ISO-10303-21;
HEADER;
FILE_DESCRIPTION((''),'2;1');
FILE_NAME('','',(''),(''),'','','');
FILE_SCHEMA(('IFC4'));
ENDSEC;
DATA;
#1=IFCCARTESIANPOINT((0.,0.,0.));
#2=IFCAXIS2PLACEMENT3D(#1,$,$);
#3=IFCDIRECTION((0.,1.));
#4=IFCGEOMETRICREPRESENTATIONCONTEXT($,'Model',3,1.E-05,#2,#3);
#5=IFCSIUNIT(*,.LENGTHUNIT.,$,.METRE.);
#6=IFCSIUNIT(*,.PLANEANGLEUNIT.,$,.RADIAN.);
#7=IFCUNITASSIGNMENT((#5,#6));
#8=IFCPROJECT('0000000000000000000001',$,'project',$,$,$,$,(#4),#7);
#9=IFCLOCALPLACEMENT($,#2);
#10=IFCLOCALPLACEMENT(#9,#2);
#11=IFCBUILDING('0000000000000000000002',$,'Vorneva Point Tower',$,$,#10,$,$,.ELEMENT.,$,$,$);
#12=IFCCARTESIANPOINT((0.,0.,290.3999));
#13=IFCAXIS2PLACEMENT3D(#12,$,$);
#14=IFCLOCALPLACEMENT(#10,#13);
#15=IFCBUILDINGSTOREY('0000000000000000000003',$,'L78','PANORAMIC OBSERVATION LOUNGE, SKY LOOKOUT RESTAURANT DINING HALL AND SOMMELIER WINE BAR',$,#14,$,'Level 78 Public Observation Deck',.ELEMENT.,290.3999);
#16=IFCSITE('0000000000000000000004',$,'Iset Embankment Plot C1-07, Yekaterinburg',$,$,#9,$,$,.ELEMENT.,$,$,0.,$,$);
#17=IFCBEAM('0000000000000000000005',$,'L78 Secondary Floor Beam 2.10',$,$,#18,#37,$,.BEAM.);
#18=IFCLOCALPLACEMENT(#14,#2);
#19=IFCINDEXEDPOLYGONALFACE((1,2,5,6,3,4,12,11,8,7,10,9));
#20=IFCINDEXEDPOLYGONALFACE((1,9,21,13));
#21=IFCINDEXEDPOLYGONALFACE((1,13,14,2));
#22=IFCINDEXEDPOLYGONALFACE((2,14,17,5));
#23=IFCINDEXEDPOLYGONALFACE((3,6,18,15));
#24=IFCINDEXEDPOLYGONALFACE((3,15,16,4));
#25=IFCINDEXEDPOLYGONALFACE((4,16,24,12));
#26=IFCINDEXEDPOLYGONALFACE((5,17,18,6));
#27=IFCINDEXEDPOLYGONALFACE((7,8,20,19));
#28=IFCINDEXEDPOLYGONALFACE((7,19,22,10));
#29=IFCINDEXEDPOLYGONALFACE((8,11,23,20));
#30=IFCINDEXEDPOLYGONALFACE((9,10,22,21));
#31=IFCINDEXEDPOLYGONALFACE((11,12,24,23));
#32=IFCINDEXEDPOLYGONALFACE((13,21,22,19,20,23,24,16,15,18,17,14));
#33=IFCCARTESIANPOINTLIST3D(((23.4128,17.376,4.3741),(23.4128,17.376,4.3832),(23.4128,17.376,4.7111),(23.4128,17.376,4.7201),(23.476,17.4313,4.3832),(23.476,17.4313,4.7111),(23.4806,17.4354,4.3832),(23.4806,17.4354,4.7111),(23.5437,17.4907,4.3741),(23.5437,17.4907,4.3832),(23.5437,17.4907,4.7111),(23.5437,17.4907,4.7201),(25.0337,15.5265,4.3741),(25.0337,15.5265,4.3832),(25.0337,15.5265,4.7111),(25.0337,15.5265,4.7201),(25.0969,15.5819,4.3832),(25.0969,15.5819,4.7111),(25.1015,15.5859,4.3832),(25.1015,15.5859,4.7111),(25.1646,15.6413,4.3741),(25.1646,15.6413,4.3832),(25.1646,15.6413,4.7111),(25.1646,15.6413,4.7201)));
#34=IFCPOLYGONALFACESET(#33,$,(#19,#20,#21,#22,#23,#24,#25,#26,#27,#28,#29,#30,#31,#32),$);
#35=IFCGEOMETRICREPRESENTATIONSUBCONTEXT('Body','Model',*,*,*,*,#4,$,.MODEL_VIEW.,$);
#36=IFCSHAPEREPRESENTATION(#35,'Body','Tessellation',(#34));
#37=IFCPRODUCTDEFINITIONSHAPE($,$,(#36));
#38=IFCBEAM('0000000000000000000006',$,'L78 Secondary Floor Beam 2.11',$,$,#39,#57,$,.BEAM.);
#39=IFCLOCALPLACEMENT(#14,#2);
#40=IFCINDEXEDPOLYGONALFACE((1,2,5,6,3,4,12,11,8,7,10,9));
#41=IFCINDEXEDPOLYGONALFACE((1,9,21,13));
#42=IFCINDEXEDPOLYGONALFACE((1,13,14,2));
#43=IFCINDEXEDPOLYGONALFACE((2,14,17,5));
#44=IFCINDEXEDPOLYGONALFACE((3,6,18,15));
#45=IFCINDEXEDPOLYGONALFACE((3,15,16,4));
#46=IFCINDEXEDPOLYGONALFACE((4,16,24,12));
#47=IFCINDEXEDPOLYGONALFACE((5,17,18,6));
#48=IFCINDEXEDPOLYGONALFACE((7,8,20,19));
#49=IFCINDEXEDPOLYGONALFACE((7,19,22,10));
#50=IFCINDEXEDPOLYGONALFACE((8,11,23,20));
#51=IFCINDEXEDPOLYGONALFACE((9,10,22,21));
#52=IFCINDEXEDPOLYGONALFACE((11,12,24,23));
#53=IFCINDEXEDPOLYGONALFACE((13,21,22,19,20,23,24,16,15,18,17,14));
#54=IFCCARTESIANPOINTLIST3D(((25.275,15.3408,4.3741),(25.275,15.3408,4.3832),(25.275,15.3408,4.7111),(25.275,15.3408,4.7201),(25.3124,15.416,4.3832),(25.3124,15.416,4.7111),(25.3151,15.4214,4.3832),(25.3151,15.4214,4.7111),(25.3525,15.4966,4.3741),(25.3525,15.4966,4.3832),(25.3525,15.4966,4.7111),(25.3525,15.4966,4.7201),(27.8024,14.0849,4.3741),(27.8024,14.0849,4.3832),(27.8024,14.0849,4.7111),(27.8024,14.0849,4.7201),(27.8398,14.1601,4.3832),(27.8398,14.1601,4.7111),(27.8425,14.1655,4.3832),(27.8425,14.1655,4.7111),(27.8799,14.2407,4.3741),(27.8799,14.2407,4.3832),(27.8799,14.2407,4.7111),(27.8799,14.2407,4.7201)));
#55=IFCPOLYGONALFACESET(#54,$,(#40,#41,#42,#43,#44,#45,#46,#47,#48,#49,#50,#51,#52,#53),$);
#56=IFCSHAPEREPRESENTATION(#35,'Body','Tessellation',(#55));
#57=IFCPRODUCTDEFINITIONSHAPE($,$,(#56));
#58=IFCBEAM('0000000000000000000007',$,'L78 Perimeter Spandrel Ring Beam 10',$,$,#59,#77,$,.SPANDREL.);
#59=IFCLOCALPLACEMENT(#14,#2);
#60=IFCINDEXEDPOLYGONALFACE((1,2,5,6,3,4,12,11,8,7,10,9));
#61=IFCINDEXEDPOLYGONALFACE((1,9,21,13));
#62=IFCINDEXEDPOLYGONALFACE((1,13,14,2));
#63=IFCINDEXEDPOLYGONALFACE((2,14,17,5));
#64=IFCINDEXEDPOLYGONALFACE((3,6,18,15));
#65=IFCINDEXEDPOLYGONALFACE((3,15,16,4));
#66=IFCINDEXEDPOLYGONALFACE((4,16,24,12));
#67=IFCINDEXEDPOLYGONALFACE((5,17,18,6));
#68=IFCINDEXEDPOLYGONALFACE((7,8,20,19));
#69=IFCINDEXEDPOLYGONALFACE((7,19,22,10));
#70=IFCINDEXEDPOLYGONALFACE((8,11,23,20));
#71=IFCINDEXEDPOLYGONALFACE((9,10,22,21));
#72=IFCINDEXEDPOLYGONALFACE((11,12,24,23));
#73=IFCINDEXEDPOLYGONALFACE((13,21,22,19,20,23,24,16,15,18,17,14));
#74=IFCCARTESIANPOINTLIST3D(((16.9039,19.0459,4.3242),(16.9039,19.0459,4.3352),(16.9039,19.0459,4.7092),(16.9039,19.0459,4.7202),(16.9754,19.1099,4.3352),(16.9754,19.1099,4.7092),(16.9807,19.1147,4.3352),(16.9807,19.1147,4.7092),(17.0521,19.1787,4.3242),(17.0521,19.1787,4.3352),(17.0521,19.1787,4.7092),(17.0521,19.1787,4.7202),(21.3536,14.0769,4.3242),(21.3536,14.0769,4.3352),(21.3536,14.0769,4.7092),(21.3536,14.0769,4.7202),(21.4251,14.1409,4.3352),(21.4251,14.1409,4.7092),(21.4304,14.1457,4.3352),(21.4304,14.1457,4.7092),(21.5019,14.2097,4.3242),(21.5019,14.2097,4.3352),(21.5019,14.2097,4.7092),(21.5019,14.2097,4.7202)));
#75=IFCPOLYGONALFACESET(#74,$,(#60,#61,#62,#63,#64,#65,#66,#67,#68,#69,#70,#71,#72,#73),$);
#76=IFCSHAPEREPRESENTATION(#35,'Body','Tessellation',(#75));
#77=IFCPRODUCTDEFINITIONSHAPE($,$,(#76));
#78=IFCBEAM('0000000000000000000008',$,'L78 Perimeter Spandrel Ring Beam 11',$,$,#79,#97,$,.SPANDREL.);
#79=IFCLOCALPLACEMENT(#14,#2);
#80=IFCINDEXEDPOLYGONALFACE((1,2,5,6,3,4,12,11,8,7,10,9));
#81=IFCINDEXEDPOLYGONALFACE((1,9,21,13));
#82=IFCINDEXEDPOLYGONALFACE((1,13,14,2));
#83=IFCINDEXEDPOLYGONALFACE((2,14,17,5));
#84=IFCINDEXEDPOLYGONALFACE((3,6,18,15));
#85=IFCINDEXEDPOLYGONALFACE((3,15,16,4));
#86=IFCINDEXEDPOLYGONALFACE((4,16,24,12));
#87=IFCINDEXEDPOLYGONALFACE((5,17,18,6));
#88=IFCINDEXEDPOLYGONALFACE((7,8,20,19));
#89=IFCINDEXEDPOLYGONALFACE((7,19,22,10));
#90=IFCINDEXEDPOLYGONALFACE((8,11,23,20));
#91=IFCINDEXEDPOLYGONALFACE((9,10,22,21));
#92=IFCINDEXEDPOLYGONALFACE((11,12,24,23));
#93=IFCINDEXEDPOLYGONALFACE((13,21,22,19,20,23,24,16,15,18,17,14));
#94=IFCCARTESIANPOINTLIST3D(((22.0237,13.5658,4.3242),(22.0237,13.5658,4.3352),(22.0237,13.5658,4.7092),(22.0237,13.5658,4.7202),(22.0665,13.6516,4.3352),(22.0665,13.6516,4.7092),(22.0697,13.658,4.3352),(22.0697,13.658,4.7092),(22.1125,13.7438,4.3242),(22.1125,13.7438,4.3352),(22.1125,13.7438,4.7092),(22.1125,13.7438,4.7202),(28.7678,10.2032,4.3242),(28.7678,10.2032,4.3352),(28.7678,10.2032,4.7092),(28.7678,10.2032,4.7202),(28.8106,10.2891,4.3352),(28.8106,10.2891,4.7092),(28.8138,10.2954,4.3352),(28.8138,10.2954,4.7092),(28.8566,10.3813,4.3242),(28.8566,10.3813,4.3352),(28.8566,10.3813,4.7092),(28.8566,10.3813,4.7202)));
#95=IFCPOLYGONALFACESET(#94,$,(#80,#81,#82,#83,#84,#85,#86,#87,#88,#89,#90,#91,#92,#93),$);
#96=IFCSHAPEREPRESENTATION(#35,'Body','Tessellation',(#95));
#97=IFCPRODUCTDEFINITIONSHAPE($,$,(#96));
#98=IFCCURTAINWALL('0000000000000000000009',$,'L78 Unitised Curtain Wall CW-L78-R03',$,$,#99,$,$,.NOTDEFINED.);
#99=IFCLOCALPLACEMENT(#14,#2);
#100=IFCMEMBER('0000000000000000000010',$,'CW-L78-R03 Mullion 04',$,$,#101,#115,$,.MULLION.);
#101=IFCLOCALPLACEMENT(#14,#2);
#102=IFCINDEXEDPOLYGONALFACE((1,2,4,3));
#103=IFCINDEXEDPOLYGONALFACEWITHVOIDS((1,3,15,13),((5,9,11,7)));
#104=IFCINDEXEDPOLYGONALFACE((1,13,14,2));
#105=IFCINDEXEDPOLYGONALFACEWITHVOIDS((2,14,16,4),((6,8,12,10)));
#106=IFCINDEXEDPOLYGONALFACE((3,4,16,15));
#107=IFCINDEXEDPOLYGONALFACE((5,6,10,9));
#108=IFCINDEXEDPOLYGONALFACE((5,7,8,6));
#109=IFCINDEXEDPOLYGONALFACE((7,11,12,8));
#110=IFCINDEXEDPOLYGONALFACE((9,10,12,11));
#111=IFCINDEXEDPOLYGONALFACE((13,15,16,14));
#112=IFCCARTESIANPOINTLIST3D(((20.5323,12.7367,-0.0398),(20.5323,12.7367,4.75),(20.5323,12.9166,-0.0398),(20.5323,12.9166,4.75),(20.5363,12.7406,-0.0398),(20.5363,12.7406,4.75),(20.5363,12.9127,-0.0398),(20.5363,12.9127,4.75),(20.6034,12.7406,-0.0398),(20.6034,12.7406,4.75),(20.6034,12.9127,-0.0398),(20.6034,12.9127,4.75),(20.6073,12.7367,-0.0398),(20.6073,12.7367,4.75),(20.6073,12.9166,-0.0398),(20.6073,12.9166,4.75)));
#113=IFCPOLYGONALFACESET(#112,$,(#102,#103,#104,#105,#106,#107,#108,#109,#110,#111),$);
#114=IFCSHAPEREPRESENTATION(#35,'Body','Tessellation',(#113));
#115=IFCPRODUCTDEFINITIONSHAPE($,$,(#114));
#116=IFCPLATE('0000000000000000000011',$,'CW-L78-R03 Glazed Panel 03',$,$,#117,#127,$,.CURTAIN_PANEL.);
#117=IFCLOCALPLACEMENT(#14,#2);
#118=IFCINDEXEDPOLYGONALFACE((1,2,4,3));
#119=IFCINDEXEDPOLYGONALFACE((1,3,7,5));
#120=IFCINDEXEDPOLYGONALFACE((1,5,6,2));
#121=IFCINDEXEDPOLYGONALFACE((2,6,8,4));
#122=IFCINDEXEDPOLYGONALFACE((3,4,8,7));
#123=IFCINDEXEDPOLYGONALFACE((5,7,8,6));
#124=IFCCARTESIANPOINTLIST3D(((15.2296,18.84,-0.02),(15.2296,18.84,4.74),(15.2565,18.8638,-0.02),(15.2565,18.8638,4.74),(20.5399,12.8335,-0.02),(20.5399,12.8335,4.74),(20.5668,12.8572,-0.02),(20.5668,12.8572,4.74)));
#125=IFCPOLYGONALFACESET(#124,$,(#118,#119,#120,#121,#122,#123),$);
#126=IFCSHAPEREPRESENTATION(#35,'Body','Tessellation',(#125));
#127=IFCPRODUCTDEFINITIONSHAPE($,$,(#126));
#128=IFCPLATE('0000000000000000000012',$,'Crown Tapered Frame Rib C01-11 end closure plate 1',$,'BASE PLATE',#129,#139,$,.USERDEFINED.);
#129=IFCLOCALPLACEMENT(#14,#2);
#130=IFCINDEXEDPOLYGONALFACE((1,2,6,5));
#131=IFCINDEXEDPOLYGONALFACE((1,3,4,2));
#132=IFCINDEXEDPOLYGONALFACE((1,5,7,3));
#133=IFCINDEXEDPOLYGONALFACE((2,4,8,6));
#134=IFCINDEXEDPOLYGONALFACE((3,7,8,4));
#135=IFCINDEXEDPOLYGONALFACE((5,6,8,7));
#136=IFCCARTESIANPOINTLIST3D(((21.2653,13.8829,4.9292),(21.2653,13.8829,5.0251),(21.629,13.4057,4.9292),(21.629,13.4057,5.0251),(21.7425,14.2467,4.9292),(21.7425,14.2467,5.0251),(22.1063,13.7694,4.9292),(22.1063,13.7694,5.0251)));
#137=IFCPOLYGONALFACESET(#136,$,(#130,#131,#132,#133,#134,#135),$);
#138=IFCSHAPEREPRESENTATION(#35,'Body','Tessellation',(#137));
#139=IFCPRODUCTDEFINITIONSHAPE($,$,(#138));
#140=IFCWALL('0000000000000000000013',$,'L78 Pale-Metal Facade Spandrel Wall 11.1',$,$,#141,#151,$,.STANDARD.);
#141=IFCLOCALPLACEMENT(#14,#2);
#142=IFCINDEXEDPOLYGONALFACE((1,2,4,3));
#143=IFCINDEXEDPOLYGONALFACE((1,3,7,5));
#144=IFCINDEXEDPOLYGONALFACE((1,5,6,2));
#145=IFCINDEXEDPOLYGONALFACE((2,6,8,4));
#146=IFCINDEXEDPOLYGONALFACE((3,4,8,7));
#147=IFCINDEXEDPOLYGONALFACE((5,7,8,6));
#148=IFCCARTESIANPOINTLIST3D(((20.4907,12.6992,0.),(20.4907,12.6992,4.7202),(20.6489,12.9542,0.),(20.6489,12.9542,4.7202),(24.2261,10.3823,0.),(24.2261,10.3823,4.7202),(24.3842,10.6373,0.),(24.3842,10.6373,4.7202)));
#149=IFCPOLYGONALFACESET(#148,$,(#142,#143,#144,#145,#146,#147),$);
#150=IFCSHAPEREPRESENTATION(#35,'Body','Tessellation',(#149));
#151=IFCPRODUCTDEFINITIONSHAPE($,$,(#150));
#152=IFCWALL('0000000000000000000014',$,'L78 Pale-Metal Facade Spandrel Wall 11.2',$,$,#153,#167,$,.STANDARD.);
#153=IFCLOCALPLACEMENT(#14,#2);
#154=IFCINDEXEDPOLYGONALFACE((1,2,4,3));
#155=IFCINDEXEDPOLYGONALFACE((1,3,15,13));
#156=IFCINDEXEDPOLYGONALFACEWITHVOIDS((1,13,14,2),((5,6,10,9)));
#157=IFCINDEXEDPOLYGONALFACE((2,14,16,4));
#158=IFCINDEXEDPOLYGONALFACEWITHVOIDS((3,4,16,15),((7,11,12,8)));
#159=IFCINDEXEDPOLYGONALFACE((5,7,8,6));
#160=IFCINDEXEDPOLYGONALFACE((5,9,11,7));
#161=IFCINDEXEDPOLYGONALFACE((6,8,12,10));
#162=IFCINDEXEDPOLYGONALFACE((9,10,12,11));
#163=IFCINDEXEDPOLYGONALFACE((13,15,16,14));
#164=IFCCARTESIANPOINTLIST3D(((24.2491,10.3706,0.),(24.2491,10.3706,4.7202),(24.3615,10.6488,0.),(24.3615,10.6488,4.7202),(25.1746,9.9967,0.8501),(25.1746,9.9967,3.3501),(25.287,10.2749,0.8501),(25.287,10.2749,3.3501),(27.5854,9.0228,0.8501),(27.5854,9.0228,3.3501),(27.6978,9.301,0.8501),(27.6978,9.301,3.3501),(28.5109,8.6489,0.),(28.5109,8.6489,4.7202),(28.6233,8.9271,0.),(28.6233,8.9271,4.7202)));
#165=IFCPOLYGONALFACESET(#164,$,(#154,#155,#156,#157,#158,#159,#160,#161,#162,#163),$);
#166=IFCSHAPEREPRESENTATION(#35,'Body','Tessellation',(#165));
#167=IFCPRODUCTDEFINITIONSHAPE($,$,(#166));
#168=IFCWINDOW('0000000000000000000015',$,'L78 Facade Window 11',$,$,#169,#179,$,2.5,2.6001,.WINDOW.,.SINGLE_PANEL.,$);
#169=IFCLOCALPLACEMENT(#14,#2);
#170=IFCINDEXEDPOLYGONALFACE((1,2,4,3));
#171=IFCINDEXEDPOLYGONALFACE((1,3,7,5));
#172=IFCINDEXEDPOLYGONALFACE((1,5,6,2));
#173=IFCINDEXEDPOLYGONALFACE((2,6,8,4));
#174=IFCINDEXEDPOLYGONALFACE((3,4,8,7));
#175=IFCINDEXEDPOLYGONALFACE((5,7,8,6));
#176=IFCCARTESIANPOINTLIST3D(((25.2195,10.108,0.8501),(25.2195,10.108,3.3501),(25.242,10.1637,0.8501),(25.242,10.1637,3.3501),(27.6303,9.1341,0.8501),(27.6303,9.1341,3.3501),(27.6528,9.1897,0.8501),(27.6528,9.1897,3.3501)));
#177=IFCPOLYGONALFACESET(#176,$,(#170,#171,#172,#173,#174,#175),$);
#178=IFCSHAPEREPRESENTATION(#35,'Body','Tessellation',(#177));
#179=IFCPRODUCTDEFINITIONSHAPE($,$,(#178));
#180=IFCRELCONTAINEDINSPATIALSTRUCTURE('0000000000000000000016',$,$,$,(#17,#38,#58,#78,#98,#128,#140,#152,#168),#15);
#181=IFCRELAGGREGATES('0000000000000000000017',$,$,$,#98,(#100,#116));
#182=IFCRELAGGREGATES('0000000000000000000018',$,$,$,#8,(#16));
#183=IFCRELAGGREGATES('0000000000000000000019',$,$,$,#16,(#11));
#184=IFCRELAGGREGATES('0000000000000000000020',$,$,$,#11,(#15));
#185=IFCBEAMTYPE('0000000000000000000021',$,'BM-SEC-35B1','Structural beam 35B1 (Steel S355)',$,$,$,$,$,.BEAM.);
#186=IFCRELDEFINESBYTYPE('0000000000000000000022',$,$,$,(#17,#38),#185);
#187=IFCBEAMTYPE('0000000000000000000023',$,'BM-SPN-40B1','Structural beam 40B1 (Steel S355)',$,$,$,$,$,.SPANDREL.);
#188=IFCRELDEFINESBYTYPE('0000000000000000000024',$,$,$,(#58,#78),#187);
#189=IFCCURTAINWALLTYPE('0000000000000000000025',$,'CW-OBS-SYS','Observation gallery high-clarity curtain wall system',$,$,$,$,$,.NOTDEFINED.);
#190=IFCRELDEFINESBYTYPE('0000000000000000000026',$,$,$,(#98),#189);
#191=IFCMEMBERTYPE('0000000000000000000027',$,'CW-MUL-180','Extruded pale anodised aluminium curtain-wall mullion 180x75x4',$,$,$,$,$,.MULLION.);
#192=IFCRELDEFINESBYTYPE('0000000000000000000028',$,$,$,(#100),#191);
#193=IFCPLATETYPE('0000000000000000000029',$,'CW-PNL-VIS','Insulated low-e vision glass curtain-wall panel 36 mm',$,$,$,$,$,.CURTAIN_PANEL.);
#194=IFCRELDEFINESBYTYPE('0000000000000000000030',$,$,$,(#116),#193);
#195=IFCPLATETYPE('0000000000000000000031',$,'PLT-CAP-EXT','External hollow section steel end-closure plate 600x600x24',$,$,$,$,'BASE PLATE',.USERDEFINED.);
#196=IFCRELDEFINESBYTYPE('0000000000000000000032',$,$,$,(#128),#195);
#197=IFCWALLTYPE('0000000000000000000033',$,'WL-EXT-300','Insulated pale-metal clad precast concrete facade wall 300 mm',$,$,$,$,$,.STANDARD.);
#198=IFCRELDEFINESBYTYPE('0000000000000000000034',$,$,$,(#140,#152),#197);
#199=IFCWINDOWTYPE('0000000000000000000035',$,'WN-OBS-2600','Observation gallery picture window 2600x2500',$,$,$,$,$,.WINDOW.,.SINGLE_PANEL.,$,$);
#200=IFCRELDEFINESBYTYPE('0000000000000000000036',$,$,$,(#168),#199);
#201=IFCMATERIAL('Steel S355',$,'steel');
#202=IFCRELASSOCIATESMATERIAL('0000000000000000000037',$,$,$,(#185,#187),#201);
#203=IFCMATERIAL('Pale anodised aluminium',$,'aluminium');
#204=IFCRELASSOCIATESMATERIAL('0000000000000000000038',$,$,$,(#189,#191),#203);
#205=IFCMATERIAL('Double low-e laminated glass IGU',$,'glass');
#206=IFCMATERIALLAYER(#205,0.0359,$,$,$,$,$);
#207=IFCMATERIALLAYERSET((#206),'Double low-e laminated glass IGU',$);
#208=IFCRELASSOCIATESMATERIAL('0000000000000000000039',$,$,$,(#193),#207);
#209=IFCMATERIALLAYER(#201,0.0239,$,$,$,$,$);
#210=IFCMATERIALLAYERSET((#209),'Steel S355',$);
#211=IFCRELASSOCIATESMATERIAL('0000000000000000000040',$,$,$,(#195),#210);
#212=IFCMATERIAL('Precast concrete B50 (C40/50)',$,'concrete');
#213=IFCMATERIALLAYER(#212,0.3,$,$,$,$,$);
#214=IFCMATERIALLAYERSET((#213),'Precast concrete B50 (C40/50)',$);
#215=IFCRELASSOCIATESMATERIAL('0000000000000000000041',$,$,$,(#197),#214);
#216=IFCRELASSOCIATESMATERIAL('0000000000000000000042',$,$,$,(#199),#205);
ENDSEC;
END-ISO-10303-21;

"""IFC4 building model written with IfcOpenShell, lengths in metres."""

from ifc_helpers import new_model, si_unit, direction, frame, frame_2d, origin, origin_2d, place, context, subcontext, project, spatial, rectangle, hollow_rectangle, i_section, extrude, material, layer, layer_set, material_profile, profile_set, type_object, element, fill, aggregate, save


model = new_model("IFC4")

# Units and contexts
model_context = context("Model", 3, precision=1e-05, world=origin(), true_north=direction((0.0, 1.0)))
body_context = subcontext(model_context, "Body", "Model", "MODEL_VIEW")
ifc_project = project(units=[si_unit("LENGTHUNIT", "METRE"), si_unit("PLANEANGLEUNIT", "RADIAN")], contexts=[model_context])

# Site, building, storey
site_placement = place(None, origin())
site = spatial("IfcSite", under=ifc_project, at=site_placement, Name="Iset Embankment Plot C1-07, Yekaterinburg", CompositionType="ELEMENT", RefElevation=0.0)
building_placement = place(site_placement, origin())
building = spatial("IfcBuilding", under=site, at=building_placement, Name="Vorneva Point Tower", CompositionType="ELEMENT")
storey_placement = place(building_placement, frame((0.0, 0.0, 290.3999)))
storey = spatial("IfcBuildingStorey", under=building, at=storey_placement, Name="L78", Description="PANORAMIC OBSERVATION LOUNGE, SKY LOOKOUT RESTAURANT DINING HALL AND SOMMELIER WINE BAR", LongName="Level 78 Public Observation Deck", CompositionType="ELEMENT", Elevation=290.3999)

# Beams
ifc_material_1 = material(Name="Steel S355", Category="steel")
ifc_material_profile_1 = material_profile(ifc_material_1, i_section(OverallWidth=0.1741, OverallDepth=0.3459, WebThickness=0.0061, FlangeThickness=0.009, at=origin_2d()), Name="35B1")
ifc_profile_set_1 = profile_set([ifc_material_profile_1], Name="Steel S355")
beam_type_1 = type_object("IfcBeamType", Name="BM-SEC-35B1", Description="Structural beam 35B1 (Steel S355)", PredefinedType="BEAM", material=ifc_profile_set_1)
beam_1_placement = place(storey_placement, frame((23.4783, 17.4333, 4.5471), z_axis=(0.659116, -0.752041, 0.0), x_axis=(0.752041, 0.659116, 0.0)))
element("IfcBeam", 1, at=beam_1_placement, inside=storey, type_object=beam_type_1, Name="L78 Secondary Floor Beam 2.10", PredefinedType="BEAM", context=body_context, shape_type="SweptSolid", body=[
    extrude(i_section(OverallWidth=0.1741, OverallDepth=0.3459, WebThickness=0.0061, FlangeThickness=0.009, at=origin_2d()), origin(), (0.0, 0.0, 1.0), 2.4592),
])
beam_2_placement = place(storey_placement, frame((25.3137, 15.4187, 4.5471), z_axis=(0.895532, -0.444998, 0.0), x_axis=(0.444998, 0.895532, 0.0)))
element("IfcBeam", 2, at=beam_2_placement, inside=storey, type_object=beam_type_1, Name="L78 Secondary Floor Beam 2.11", PredefinedType="BEAM", context=body_context, shape_type="SweptSolid", body=[
    extrude(i_section(OverallWidth=0.1741, OverallDepth=0.3459, WebThickness=0.0061, FlangeThickness=0.009, at=origin_2d()), origin(), (0.0, 0.0, 1.0), 2.8223),
])
ifc_material_profile_2 = material_profile(ifc_material_1, i_section(OverallWidth=0.199, OverallDepth=0.396, WebThickness=0.0071, FlangeThickness=0.011, at=origin_2d()), Name="40B1")
ifc_profile_set_2 = profile_set([ifc_material_profile_2], Name="Steel S355")
beam_type_2 = type_object("IfcBeamType", Name="BM-SPN-40B1", Description="Structural beam 40B1 (Steel S355)", PredefinedType="SPANDREL", material=ifc_profile_set_2)
beam_3_placement = place(storey_placement, frame((16.978, 19.1123, 4.5222), z_axis=(0.667108, -0.744961, 0.0), x_axis=(0.744961, 0.667108, 0.0)))
element("IfcBeam", 3, at=beam_3_placement, inside=storey, type_object=beam_type_2, Name="L78 Perimeter Spandrel Ring Beam 10", PredefinedType="SPANDREL", context=body_context, shape_type="SweptSolid", body=[
    extrude(i_section(OverallWidth=0.199, OverallDepth=0.396, WebThickness=0.0071, FlangeThickness=0.011, at=origin_2d()), origin(), (0.0, 0.0, 1.0), 6.6702),
])
beam_4_placement = place(storey_placement, frame((22.0681, 13.6548, 4.5222), z_axis=(0.894932, -0.446203, 0.0), x_axis=(0.446203, 0.894932, 0.0)))
element("IfcBeam", 4, at=beam_4_placement, inside=storey, type_object=beam_type_2, Name="L78 Perimeter Spandrel Ring Beam 11", PredefinedType="SPANDREL", context=body_context, shape_type="SweptSolid", body=[
    extrude(i_section(OverallWidth=0.199, OverallDepth=0.396, WebThickness=0.0071, FlangeThickness=0.011, at=origin_2d()), origin(), (0.0, 0.0, 1.0), 7.5359),
])

# Curtain wall, member, plate
ifc_material_2 = material(Name="Pale anodised aluminium", Category="aluminium")
curtain_wall_type = type_object("IfcCurtainWallType", Name="CW-OBS-SYS", Description="Observation gallery high-clarity curtain wall system", PredefinedType="NOTDEFINED", material=ifc_material_2)
curtain_wall_placement = place(storey_placement, origin())
curtain_wall = element("IfcCurtainWall", 5, at=curtain_wall_placement, inside=storey, type_object=curtain_wall_type, Name="L78 Unitised Curtain Wall CW-L78-R03", PredefinedType="NOTDEFINED")
ifc_material_profile_3 = material_profile(ifc_material_2, hollow_rectangle(XDim=0.075, YDim=0.1799, WallThickness=0.0039, at=origin_2d()), Name="AL-MUL 180x75x4")
ifc_profile_set_3 = profile_set([ifc_material_profile_3], Name="Pale anodised aluminium")
member_type = type_object("IfcMemberType", Name="CW-MUL-180", Description="Extruded pale anodised aluminium curtain-wall mullion 180x75x4", PredefinedType="MULLION", material=ifc_profile_set_3)
member_placement = place(storey_placement, frame((20.5698, 12.8267, -0.0398), z_axis=(0.0, 0.0, 1.0), x_axis=(1.0, 0.0, 0.0)))
member = element("IfcMember", 6, at=member_placement, type_object=member_type, Name="CW-L78-R03 Mullion 04", PredefinedType="MULLION", context=body_context, shape_type="SweptSolid", body=[
    extrude(hollow_rectangle(XDim=0.075, YDim=0.1799, WallThickness=0.0039, at=origin_2d()), origin(), (0.0, 0.0, 1.0), 4.7898),
])
ifc_material_3 = material(Name="Double low-e laminated glass IGU", Category="glass")
ifc_layer_1 = layer(ifc_material_3, 0.0359)
ifc_layer_set_1 = layer_set([ifc_layer_1], Name="Double low-e laminated glass IGU")
plate_type_1 = type_object("IfcPlateType", Name="CW-PNL-VIS", Description="Insulated low-e vision glass curtain-wall panel 36 mm", PredefinedType="CURTAIN_PANEL", material=ifc_layer_set_1)
plate_1_placement = place(storey_placement, frame((17.8982, 15.8486, -0.02), z_axis=(0.0, 0.0, 1.0), x_axis=(0.662345, -0.749199, 0.0)))
plate_1 = element("IfcPlate", 7, at=plate_1_placement, type_object=plate_type_1, Name="CW-L78-R03 Glazed Panel 03", PredefinedType="CURTAIN_PANEL", context=body_context, shape_type="SweptSolid", body=[
    extrude(rectangle(XDim=8.0173, YDim=0.0359, at=origin_2d()), origin(), (0.0, 0.0, 1.0), 4.76),
])
aggregate(curtain_wall, [member, plate_1])

# Plate
ifc_layer_2 = layer(ifc_material_1, 0.0239)
ifc_layer_set_2 = layer_set([ifc_layer_2], Name="Steel S355")
plate_type_2 = type_object("IfcPlateType", Name="PLT-CAP-EXT", Description="External hollow section steel end-closure plate 600x600x24", ElementType="BASE PLATE", PredefinedType="USERDEFINED", material=ifc_layer_set_2)
plate_2_placement = place(storey_placement, frame((21.6858, 13.8262, 4.9292), z_axis=(0.0, 0.0, 1.0), x_axis=(0.795325, 0.606183, 0.0)))
element("IfcPlate", 8, at=plate_2_placement, inside=storey, type_object=plate_type_2, Name="Crown Tapered Frame Rib C01-11 end closure plate 1", ObjectType="BASE PLATE", PredefinedType="USERDEFINED", context=body_context, shape_type="SweptSolid", body=[
    extrude(rectangle(XDim=0.6001, YDim=0.6001, at=origin_2d()), origin(), (0.0, 0.0, 1.0), 0.0959),
])

# Wall
ifc_material_4 = material(Name="Precast concrete B50 (C40/50)", Category="concrete")
ifc_layer_3 = layer(ifc_material_4, 0.3)
ifc_layer_set_3 = layer_set([ifc_layer_3], Name="Precast concrete B50 (C40/50)")
wall_type_1 = type_object("IfcWallType", Name="WL-EXT-300", Description="Insulated pale-metal clad precast concrete facade wall 300 mm", PredefinedType="STANDARD", material=ifc_layer_set_3)
wall_1_placement = place(storey_placement, frame((20.5698, 12.8267, 0.0), z_axis=(0.0, 0.0, 1.0), x_axis=(0.849803, -0.5271, 0.0)))
element("IfcWall", 9, at=wall_1_placement, inside=storey, type_object=wall_type_1, Name="L78 Pale-Metal Facade Spandrel Wall 11.1", PredefinedType="STANDARD", context=body_context, shape_type="SweptSolid", body=[
    extrude(rectangle(XDim=4.3955, YDim=0.3, at=frame_2d((2.1978, 0.0))), origin(), (0.0, 0.0, 1.0), 4.7202),
])

# Wall, opening, window
wall_2_placement = place(storey_placement, frame((24.3052, 10.5098, 0.0), z_axis=(0.0, 0.0, 1.0), x_axis=(0.927196, -0.374575, 0.0)))
wall_2 = element("IfcWall", 10, at=wall_2_placement, inside=storey, type_object=wall_type_1, Name="L78 Pale-Metal Facade Spandrel Wall 11.2", PredefinedType="STANDARD", context=body_context, shape_type="SweptSolid", body=[
    extrude(rectangle(XDim=4.5964, YDim=0.3, at=frame_2d((2.2983, 0.0))), origin(), (0.0, 0.0, 1.0), 4.7202),
])
opening_1_placement = place(wall_2_placement, frame((0.9983, 0.0, 0.8501)))
opening_1 = element("IfcOpeningElement", 11, at=opening_1_placement, cuts=wall_2, PredefinedType="OPENING", context=body_context, shape_type="SweptSolid", body=[
    extrude(rectangle(XDim=2.6001, YDim=2.5, at=frame_2d((1.3, 1.25))), frame((0.0, 0.165, 0.0), z_axis=(0.0, -1.0, 0.0), x_axis=(1.0, 0.0, 0.0)), (0.0, 0.0, 1.0), 0.3298),
])
window_type = type_object("IfcWindowType", Name="WN-OBS-2600", Description="Observation gallery picture window 2600x2500", PartitioningType="SINGLE_PANEL", PredefinedType="WINDOW", material=ifc_material_3)
window_placement = place(opening_1_placement, origin())
window = element("IfcWindow", 12, at=window_placement, inside=storey, type_object=window_type, Name="L78 Facade Window 11", OverallHeight=2.5, OverallWidth=2.6001, PartitioningType="SINGLE_PANEL", PredefinedType="WINDOW", context=body_context, shape_type="SweptSolid", body=[
    extrude(rectangle(XDim=2.6001, YDim=2.5, at=frame_2d((1.3, 1.25))), frame((0.0, 0.03, 0.0), z_axis=(0.0, -1.0, 0.0), x_axis=(1.0, 0.0, 0.0)), (0.0, 0.0, 1.0), 0.0601),
])
fill(opening_1, window)

save(model, "model.ifc")
